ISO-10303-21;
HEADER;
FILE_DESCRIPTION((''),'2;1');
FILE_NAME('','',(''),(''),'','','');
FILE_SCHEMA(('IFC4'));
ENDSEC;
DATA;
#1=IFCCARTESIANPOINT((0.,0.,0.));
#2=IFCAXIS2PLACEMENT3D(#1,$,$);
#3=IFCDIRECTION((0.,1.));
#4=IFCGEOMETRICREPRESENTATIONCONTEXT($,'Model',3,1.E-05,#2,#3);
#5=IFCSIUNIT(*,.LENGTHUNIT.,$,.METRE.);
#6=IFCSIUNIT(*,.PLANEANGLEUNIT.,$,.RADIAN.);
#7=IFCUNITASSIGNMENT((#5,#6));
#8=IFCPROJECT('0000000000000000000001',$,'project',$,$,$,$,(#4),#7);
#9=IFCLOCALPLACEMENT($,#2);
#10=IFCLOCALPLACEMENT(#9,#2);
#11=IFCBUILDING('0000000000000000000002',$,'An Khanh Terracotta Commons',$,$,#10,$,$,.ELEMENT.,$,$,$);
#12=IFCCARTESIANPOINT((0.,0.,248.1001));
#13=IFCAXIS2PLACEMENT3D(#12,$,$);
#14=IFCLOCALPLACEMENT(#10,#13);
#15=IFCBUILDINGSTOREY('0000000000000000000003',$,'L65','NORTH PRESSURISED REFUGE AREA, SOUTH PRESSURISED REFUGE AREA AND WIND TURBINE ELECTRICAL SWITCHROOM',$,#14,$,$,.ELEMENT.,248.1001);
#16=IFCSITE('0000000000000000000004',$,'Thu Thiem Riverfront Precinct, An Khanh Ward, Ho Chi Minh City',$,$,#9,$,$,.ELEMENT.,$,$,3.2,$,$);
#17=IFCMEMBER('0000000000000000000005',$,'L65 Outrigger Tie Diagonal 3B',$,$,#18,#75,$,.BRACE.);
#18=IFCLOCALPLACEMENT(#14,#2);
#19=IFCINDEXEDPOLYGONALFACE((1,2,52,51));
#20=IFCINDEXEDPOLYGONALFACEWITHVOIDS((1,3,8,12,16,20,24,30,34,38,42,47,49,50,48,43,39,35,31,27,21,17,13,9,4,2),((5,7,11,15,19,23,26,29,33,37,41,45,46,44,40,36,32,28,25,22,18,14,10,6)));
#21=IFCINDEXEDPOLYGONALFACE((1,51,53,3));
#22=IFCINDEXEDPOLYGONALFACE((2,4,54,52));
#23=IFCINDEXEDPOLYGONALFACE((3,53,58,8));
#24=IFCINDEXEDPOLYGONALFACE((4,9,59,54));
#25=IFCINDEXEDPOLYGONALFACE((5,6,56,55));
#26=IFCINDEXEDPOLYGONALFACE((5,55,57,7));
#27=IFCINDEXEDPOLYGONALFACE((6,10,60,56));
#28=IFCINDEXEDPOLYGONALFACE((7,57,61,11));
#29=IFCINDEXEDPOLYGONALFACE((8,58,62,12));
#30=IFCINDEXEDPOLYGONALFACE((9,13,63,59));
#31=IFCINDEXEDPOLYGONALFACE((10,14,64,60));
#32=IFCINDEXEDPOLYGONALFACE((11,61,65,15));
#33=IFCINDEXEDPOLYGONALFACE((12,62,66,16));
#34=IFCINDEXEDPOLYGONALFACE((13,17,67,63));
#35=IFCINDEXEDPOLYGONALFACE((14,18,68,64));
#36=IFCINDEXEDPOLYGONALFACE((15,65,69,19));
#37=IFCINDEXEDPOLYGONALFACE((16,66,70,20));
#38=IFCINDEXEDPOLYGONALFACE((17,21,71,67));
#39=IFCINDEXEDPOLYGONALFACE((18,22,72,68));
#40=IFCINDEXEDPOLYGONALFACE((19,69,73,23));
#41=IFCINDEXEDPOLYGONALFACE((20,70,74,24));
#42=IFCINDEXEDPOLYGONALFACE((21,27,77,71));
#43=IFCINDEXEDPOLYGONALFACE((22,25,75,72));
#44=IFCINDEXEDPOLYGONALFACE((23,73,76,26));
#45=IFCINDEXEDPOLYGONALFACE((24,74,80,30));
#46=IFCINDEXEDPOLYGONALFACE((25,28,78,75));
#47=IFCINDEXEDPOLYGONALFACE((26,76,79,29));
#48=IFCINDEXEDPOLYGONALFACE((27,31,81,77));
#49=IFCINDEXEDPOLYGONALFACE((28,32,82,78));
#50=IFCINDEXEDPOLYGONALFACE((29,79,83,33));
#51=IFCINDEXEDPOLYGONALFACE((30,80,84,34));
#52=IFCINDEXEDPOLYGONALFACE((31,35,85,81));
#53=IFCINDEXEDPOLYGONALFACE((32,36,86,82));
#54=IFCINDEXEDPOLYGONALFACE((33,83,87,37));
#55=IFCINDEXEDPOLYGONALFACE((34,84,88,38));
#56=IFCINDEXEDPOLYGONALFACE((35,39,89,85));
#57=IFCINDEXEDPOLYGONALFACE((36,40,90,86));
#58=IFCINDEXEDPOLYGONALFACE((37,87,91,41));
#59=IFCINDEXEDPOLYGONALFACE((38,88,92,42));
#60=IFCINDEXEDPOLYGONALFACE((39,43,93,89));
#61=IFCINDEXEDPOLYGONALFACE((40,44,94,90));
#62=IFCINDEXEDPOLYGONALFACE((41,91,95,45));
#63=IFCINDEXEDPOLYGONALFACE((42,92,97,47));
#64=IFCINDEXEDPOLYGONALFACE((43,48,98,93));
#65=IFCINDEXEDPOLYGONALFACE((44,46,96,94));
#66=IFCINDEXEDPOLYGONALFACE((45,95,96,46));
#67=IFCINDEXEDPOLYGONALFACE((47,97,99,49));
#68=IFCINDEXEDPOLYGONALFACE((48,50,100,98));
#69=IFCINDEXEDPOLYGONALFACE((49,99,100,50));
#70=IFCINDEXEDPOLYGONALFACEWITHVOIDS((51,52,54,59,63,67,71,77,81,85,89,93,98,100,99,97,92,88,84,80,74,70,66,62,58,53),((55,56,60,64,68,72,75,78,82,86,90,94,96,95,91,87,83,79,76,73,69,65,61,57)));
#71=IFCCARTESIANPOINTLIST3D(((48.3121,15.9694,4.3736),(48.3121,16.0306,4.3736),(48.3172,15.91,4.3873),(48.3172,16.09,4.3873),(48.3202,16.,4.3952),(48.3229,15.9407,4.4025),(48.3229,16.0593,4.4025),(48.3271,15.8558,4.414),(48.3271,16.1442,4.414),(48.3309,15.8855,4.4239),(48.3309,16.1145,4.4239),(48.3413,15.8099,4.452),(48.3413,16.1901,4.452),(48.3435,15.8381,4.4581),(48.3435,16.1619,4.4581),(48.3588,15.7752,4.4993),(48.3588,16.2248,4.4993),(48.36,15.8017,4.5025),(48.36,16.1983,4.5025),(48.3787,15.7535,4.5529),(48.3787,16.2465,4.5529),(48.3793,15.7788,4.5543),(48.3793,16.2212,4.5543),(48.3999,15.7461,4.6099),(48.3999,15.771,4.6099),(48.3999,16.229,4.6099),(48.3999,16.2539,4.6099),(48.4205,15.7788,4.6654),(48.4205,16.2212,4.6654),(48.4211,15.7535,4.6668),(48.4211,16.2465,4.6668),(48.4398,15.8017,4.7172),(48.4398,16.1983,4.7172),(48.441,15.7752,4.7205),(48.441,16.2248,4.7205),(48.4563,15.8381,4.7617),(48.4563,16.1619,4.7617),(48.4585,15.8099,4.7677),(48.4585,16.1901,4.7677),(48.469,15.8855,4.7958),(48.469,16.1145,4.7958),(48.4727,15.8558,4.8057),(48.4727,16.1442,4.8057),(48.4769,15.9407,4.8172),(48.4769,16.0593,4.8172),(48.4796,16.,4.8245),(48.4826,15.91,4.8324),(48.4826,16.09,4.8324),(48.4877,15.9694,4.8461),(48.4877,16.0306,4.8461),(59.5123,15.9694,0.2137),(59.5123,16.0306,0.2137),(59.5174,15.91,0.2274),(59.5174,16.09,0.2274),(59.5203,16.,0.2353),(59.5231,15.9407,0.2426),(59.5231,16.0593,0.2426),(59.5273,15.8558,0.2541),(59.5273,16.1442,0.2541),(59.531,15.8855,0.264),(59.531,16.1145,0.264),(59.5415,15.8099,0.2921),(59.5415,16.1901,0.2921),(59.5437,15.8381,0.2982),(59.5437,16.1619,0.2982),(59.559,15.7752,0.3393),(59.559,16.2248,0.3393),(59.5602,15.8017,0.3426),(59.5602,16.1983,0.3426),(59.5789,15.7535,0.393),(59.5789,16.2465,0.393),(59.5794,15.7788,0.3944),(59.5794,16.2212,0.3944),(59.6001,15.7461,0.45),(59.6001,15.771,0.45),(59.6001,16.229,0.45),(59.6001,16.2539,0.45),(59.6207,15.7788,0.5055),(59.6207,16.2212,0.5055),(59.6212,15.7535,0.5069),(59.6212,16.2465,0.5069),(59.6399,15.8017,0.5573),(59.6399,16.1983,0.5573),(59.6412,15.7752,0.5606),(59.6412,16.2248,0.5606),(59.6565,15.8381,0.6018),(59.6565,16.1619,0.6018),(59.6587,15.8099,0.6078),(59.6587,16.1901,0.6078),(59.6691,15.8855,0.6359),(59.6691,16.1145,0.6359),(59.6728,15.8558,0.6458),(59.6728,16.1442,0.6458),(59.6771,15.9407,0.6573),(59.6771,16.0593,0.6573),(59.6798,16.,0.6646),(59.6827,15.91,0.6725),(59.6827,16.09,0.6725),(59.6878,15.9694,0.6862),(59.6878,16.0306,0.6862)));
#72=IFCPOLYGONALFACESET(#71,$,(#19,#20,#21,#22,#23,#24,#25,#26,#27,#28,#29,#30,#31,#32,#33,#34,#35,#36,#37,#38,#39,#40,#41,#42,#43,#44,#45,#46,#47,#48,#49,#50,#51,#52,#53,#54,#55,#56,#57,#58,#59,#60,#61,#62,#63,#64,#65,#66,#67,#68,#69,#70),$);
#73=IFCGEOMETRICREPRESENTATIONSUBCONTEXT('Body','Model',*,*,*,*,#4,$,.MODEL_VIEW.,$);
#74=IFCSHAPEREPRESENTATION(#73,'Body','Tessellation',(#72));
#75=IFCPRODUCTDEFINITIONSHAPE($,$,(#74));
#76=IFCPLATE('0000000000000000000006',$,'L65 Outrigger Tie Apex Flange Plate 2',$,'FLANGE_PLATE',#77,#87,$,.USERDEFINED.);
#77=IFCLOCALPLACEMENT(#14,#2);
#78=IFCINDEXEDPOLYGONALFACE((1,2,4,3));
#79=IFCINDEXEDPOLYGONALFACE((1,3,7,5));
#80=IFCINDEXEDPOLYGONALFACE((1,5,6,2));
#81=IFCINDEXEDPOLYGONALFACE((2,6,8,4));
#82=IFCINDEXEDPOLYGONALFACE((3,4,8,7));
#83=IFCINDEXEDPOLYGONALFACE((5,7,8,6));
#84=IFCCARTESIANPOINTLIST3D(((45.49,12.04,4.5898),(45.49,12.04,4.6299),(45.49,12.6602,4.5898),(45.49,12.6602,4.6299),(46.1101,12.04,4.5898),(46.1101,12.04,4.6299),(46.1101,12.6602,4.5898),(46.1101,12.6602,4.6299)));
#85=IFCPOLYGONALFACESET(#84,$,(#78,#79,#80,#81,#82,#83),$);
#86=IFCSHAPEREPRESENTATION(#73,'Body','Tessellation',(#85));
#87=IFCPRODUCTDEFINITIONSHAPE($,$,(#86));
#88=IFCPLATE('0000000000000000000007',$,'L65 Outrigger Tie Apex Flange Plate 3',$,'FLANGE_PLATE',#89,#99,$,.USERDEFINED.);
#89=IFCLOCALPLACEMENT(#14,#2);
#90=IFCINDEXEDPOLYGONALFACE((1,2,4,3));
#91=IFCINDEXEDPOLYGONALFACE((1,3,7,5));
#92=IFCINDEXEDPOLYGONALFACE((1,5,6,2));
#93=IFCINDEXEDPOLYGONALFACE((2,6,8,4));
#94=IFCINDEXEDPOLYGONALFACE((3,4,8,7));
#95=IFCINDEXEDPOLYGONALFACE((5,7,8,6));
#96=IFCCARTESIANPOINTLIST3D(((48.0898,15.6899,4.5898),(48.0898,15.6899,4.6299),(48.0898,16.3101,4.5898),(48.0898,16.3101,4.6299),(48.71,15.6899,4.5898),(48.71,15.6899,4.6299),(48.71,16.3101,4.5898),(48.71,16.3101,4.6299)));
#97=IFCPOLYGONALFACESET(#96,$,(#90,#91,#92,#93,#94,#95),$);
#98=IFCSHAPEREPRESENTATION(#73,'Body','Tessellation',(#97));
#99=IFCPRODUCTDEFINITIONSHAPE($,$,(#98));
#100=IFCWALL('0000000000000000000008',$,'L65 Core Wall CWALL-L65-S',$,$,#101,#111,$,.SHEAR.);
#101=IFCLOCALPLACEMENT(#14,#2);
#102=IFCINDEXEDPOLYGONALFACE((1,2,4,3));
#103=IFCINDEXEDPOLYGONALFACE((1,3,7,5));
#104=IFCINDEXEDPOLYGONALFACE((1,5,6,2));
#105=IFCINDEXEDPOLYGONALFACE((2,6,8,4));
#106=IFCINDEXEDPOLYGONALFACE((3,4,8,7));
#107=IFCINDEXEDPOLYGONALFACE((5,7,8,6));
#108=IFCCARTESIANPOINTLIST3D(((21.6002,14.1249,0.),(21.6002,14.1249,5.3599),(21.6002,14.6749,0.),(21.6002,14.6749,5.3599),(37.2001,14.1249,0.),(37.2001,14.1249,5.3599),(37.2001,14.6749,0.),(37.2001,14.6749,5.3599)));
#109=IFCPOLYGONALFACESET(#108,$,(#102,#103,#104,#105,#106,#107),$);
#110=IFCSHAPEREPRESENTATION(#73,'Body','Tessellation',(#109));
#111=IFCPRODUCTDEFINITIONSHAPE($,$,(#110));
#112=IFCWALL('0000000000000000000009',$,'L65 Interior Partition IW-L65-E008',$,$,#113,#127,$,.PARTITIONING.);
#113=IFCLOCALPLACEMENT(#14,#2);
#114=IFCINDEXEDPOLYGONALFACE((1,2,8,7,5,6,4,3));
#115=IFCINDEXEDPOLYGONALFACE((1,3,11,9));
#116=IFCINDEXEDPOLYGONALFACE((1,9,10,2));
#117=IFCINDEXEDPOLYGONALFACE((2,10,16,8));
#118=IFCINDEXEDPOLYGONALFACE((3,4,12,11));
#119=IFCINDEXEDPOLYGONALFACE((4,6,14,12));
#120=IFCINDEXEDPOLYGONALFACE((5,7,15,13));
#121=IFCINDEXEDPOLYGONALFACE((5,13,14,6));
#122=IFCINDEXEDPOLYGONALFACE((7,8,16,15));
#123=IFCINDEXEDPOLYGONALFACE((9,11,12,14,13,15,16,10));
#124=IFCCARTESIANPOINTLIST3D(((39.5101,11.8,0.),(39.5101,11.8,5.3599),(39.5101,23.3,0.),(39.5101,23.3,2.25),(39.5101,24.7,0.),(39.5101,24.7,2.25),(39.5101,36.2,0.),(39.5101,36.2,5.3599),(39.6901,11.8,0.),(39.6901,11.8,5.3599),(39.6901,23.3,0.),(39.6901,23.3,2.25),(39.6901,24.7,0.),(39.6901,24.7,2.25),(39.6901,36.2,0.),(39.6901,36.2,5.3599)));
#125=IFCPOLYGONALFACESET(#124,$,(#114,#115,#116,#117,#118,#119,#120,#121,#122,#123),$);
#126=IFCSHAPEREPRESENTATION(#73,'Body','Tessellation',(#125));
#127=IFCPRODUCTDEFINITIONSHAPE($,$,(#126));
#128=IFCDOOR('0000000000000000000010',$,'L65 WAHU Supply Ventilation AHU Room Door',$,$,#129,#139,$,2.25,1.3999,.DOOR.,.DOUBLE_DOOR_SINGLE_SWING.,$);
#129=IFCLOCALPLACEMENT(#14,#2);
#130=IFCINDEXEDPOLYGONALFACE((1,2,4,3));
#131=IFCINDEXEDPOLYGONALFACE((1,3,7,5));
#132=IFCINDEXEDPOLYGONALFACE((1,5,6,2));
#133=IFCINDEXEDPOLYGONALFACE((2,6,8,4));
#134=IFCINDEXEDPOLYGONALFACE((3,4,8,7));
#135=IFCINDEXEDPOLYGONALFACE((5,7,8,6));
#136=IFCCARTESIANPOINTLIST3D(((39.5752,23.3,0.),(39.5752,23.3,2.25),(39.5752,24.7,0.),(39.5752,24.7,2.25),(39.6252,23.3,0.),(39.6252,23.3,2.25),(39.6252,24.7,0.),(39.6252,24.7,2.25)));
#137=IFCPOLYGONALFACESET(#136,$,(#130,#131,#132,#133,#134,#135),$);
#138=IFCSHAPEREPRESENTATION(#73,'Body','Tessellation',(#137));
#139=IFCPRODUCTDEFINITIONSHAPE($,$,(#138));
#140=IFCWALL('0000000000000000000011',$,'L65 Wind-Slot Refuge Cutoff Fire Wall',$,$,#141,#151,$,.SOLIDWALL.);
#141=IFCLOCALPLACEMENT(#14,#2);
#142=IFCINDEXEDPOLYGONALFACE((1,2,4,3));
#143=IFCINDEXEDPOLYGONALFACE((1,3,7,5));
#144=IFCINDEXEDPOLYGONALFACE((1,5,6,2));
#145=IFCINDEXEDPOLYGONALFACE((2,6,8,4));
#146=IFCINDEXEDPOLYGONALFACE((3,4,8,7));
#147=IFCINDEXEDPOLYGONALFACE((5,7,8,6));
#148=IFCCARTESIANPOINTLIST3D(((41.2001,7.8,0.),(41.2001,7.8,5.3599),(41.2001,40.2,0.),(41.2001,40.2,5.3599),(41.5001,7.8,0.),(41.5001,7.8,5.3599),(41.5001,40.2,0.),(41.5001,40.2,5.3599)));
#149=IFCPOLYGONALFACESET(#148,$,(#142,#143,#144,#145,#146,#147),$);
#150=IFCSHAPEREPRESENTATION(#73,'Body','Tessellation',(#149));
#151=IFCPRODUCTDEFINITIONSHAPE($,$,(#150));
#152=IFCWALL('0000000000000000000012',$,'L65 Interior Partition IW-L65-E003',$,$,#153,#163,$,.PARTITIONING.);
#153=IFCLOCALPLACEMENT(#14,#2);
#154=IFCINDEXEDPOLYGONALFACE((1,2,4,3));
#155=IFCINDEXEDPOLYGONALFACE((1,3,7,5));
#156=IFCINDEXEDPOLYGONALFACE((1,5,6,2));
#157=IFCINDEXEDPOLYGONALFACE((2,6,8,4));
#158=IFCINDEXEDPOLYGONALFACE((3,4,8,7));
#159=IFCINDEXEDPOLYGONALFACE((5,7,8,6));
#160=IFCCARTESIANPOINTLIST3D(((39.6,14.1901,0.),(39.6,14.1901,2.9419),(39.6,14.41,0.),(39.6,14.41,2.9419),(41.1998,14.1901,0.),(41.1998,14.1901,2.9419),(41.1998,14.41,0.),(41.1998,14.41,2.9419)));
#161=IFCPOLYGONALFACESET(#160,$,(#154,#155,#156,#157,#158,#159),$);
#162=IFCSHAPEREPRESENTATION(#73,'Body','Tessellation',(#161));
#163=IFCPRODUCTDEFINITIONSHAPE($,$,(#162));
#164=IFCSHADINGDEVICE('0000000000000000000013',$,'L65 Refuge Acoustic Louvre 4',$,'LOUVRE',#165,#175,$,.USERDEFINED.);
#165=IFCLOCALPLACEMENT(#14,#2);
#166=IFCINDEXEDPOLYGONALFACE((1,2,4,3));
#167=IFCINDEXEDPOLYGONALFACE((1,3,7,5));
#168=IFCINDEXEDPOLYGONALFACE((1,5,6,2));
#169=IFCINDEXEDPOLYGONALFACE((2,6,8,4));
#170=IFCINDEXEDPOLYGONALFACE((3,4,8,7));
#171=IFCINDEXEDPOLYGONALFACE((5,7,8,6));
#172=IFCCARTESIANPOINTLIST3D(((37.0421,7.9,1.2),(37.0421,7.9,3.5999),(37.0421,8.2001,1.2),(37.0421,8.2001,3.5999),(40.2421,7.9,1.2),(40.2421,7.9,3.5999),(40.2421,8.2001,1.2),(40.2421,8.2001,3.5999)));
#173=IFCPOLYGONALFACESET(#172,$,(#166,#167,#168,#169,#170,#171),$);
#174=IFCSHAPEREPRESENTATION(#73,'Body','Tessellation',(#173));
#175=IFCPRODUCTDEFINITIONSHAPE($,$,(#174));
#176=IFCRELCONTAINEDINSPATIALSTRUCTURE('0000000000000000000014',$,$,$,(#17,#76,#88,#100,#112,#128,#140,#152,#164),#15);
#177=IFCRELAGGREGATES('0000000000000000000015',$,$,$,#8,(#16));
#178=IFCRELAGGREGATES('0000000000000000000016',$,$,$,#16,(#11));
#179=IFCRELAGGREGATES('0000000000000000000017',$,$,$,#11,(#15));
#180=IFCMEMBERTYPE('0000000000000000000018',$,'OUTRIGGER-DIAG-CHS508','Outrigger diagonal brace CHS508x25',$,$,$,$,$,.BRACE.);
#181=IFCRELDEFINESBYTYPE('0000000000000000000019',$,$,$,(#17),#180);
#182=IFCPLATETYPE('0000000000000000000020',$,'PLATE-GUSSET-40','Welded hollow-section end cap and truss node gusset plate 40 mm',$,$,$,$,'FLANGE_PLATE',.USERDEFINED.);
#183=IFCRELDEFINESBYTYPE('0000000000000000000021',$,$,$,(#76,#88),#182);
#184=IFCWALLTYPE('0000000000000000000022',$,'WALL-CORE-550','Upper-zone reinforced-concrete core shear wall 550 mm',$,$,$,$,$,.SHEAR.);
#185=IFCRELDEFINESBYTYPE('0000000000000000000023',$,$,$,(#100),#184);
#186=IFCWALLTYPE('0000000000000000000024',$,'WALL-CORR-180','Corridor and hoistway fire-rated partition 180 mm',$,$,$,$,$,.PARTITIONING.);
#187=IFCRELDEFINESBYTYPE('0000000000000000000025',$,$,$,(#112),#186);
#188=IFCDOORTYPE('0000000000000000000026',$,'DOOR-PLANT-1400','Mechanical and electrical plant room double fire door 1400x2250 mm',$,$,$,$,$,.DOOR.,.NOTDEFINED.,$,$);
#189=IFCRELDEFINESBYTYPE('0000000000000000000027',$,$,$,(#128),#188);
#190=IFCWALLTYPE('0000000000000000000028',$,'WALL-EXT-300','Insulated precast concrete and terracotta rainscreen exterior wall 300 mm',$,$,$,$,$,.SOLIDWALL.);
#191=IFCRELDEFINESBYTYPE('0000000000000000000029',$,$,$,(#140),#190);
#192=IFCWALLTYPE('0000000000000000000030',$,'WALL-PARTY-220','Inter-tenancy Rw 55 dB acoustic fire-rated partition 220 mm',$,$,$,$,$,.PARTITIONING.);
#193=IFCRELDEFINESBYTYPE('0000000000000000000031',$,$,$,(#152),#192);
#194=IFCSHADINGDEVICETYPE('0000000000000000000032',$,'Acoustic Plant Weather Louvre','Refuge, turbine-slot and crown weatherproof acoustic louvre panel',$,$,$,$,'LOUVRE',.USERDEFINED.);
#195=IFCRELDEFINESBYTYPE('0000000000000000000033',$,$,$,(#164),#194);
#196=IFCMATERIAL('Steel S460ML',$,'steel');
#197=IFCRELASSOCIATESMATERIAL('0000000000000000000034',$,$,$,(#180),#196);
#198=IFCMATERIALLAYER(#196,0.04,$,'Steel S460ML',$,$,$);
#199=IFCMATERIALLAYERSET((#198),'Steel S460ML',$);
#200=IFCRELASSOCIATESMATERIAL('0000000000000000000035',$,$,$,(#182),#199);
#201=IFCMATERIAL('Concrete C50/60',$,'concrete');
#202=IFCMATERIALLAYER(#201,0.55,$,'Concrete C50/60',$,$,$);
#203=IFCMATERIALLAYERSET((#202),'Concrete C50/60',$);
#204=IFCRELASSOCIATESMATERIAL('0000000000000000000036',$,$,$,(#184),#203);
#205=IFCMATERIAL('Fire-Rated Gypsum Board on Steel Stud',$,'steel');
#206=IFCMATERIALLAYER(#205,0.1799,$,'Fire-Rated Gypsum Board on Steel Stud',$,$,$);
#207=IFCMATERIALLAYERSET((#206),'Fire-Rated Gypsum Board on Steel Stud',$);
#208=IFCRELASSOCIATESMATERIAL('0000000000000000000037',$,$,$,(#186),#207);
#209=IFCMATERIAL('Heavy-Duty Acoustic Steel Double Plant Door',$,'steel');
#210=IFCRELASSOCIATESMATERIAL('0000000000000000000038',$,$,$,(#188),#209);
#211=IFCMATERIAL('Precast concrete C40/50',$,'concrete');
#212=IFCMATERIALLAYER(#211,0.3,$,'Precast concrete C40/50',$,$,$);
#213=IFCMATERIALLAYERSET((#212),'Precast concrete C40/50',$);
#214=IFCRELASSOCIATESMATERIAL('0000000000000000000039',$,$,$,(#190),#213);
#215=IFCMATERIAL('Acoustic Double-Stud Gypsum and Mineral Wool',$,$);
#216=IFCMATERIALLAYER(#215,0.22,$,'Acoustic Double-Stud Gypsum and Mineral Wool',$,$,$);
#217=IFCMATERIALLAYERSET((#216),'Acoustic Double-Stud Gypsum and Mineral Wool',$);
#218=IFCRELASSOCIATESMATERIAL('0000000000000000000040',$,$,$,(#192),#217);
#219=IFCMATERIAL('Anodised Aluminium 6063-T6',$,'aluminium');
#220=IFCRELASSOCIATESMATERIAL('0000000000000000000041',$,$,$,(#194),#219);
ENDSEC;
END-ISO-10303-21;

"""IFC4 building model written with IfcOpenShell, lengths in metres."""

from ifc_helpers import new_model, si_unit, direction, frame, frame_2d, origin, origin_2d, place, context, subcontext, project, spatial, rectangle, hollow_circle, extrude, material, layer, layer_set, material_profile, profile_set, type_object, element, fill, save


model = new_model("IFC4")

# Units and contexts
model_context = context("Model", 3, precision=1e-05, world=origin(), true_north=direction((0.0, 1.0)))
body_context = subcontext(model_context, "Body", "Model", "MODEL_VIEW")
ifc_project = project(units=[si_unit("LENGTHUNIT", "METRE"), si_unit("PLANEANGLEUNIT", "RADIAN")], contexts=[model_context])

# Site, building, storey
site_placement = place(None, origin())
site = spatial("IfcSite", under=ifc_project, at=site_placement, Name="Thu Thiem Riverfront Precinct, An Khanh Ward, Ho Chi Minh City", CompositionType="ELEMENT", RefElevation=3.2)
building_placement = place(site_placement, origin())
building = spatial("IfcBuilding", under=site, at=building_placement, Name="An Khanh Terracotta Commons", CompositionType="ELEMENT")
storey_placement = place(building_placement, frame((0.0, 0.0, 248.1001)))
storey = spatial("IfcBuildingStorey", under=building, at=storey_placement, Name="L65", Description="NORTH PRESSURISED REFUGE AREA, SOUTH PRESSURISED REFUGE AREA AND WIND TURBINE ELECTRICAL SWITCHROOM", CompositionType="ELEMENT", Elevation=248.1001)

# Shared definitions
ifc_material_1 = material(Name="Steel S460ML", Category="steel")

# Member
ifc_material_profile_1 = material_profile(ifc_material_1, hollow_circle(Radius=0.2539, WallThickness=0.0249, at=origin_2d()), Name="CHS508x25")
ifc_profile_set_1 = profile_set([ifc_material_profile_1], Name="Steel S460ML")
member_type_1 = type_object("IfcMemberType", Name="OUTRIGGER-DIAG-CHS508", Description="Outrigger diagonal brace CHS508x25", PredefinedType="BRACE", material=ifc_profile_set_1)
member_1_placement = place(storey_placement, frame((48.3999, 16.0, 4.6099), z_axis=(0.93743, 0.0, -0.348175), x_axis=(0.0, 1.0, 0.0)))
element("IfcMember", 1, at=member_1_placement, inside=storey, type_object=member_type_1, Name="L65 Outrigger Tie Diagonal 3B", PredefinedType="BRACE", context=body_context, shape_type="SweptSolid", body=[
    extrude(hollow_circle(Radius=0.2539, WallThickness=0.0249, at=origin_2d()), origin(), (0.0, 0.0, 1.0), 11.9478),
])

# Plates
ifc_layer_1 = layer(ifc_material_1, 0.04, Name="Steel S460ML")
ifc_layer_set_1 = layer_set([ifc_layer_1], Name="Steel S460ML")
plate_type = type_object("IfcPlateType", Name="PLATE-GUSSET-40", Description="Welded hollow-section end cap and truss node gusset plate 40 mm", ElementType="FLANGE_PLATE", PredefinedType="USERDEFINED", material=ifc_layer_set_1)
for number, where, z_axis, x_axis, name in (
    (2, (45.8, 12.3501, 4.5898), (0.0, 0.0, 1.0), (1.0, 0.0, 0.0), "L65 Outrigger Tie Apex Flange Plate 2"),
    (3, (48.3999, 16.0, 4.5898), (0.0, 0.0, 1.0), (1.0, 0.0, 0.0), "L65 Outrigger Tie Apex Flange Plate 3"),
):
    element("IfcPlate", number, at=place(storey_placement, frame(where, z_axis=z_axis, x_axis=x_axis)), inside=storey, type_object=plate_type, Name=name, ObjectType="FLANGE_PLATE", PredefinedType="USERDEFINED", context=body_context, shape_type="SweptSolid", body=[
        extrude(rectangle(XDim=0.6201, YDim=0.6201, at=origin_2d()), origin(), (0.0, 0.0, 1.0), 0.04),
    ])

# Wall
ifc_material_2 = material(Name="Concrete C50/60", Category="concrete")
ifc_layer_2 = layer(ifc_material_2, 0.55, Name="Concrete C50/60")
ifc_layer_set_2 = layer_set([ifc_layer_2], Name="Concrete C50/60")
wall_type_1 = type_object("IfcWallType", Name="WALL-CORE-550", Description="Upper-zone reinforced-concrete core shear wall 550 mm", PredefinedType="SHEAR", material=ifc_layer_set_2)
wall_1_placement = place(storey_placement, frame((37.2, 14.3999, 0.0), z_axis=(0.0, 0.0, 1.0), x_axis=(-1.0, 0.0, 0.0)))
element("IfcWall", 4, at=wall_1_placement, inside=storey, type_object=wall_type_1, Name="L65 Core Wall CWALL-L65-S", PredefinedType="SHEAR", context=body_context, shape_type="SweptSolid", body=[
    extrude(rectangle(XDim=15.5999, YDim=0.55, at=frame_2d((7.7998, 0.0))), origin(), (0.0, 0.0, 1.0), 5.3599),
])

# Wall, opening, door
ifc_material_3 = material(Name="Fire-Rated Gypsum Board on Steel Stud", Category="steel")
ifc_layer_3 = layer(ifc_material_3, 0.1799, Name="Fire-Rated Gypsum Board on Steel Stud")
ifc_layer_set_3 = layer_set([ifc_layer_3], Name="Fire-Rated Gypsum Board on Steel Stud")
wall_type_2 = type_object("IfcWallType", Name="WALL-CORR-180", Description="Corridor and hoistway fire-rated partition 180 mm", PredefinedType="PARTITIONING", material=ifc_layer_set_3)
wall_2_placement = place(storey_placement, frame((39.6001, 11.8, 0.0), z_axis=(0.0, 0.0, 1.0), x_axis=(0.0, 1.0, 0.0)))
wall_2 = element("IfcWall", 5, at=wall_2_placement, inside=storey, type_object=wall_type_2, Name="L65 Interior Partition IW-L65-E008", PredefinedType="PARTITIONING", context=body_context, shape_type="SweptSolid", body=[
    extrude(rectangle(XDim=24.3999, YDim=0.1799, at=frame_2d((12.2, 0.0))), origin(), (0.0, 0.0, 1.0), 5.3599),
])
opening_1_placement = place(wall_2_placement, frame((11.5, 0.0, 0.0)))
opening_1 = element("IfcOpeningElement", 6, at=opening_1_placement, cuts=wall_2, PredefinedType="OPENING", context=body_context, shape_type="SweptSolid", body=[
    extrude(rectangle(XDim=1.3999, YDim=2.25, at=frame_2d((0.7, 1.125))), frame((0.0, 0.0999, 0.0), z_axis=(0.0, -1.0, 0.0), x_axis=(1.0, 0.0, 0.0)), (0.0, 0.0, 1.0), 0.2),
])
ifc_material_4 = material(Name="Heavy-Duty Acoustic Steel Double Plant Door", Category="steel")
door_type_1 = type_object("IfcDoorType", Name="DOOR-PLANT-1400", Description="Mechanical and electrical plant room double fire door 1400x2250 mm", OperationType="NOTDEFINED", PredefinedType="DOOR", material=ifc_material_4)
door_1_placement = place(opening_1_placement, origin())
door_1 = element("IfcDoor", 7, at=door_1_placement, inside=storey, type_object=door_type_1, Name="L65 WAHU Supply Ventilation AHU Room Door", OperationType="DOUBLE_DOOR_SINGLE_SWING", OverallHeight=2.25, OverallWidth=1.3999, PredefinedType="DOOR", context=body_context, shape_type="SweptSolid", body=[
    extrude(rectangle(XDim=1.3999, YDim=2.25, at=frame_2d((0.7, 1.125))), frame((0.0, 0.0249, 0.0), z_axis=(0.0, -1.0, 0.0), x_axis=(1.0, 0.0, 0.0)), (0.0, 0.0, 1.0), 0.05),
])
fill(opening_1, door_1)

# Walls
ifc_material_5 = material(Name="Precast concrete C40/50", Category="concrete")
ifc_layer_4 = layer(ifc_material_5, 0.3, Name="Precast concrete C40/50")
ifc_layer_set_4 = layer_set([ifc_layer_4], Name="Precast concrete C40/50")
wall_type_3 = type_object("IfcWallType", Name="WALL-EXT-300", Description="Insulated precast concrete and terracotta rainscreen exterior wall 300 mm", PredefinedType="SOLIDWALL", material=ifc_layer_set_4)
wall_3_placement = place(storey_placement, frame((41.3501, 7.8, 0.0), z_axis=(0.0, 0.0, 1.0), x_axis=(0.0, 1.0, 0.0)))
element("IfcWall", 8, at=wall_3_placement, inside=storey, type_object=wall_type_3, Name="L65 Wind-Slot Refuge Cutoff Fire Wall", PredefinedType="SOLIDWALL", context=body_context, shape_type="SweptSolid", body=[
    extrude(rectangle(XDim=32.3999, YDim=0.3, at=frame_2d((16.2, 0.0))), origin(), (0.0, 0.0, 1.0), 5.3599),
])
ifc_material_6 = material(Name="Acoustic Double-Stud Gypsum and Mineral Wool")
ifc_layer_5 = layer(ifc_material_6, 0.22, Name="Acoustic Double-Stud Gypsum and Mineral Wool")
ifc_layer_set_5 = layer_set([ifc_layer_5], Name="Acoustic Double-Stud Gypsum and Mineral Wool")
wall_type_4 = type_object("IfcWallType", Name="WALL-PARTY-220", Description="Inter-tenancy Rw 55 dB acoustic fire-rated partition 220 mm", PredefinedType="PARTITIONING", material=ifc_layer_set_5)
wall_4_placement = place(storey_placement, frame((39.6001, 14.3, 0.0), z_axis=(0.0, 0.0, 1.0), x_axis=(1.0, 0.0, 0.0)))
element("IfcWall", 9, at=wall_4_placement, inside=storey, type_object=wall_type_4, Name="L65 Interior Partition IW-L65-E003", PredefinedType="PARTITIONING", context=body_context, shape_type="SweptSolid", body=[
    extrude(rectangle(XDim=1.5999, YDim=0.22, at=frame_2d((0.7998, 0.0))), origin(), (0.0, 0.0, 1.0), 2.9419),
])

# Shading device
ifc_material_7 = material(Name="Anodised Aluminium 6063-T6", Category="aluminium")
shading_device_type = type_object("IfcShadingDeviceType", Name="Acoustic Plant Weather Louvre", Description="Refuge, turbine-slot and crown weatherproof acoustic louvre panel", ElementType="LOUVRE", PredefinedType="USERDEFINED", material=ifc_material_7)
shading_device_placement = place(storey_placement, frame((38.6421, 8.05, 1.2), z_axis=(0.0, 0.0, 1.0), x_axis=(1.0, 0.0, 0.0)))
element("IfcShadingDevice", 10, at=shading_device_placement, inside=storey, type_object=shading_device_type, Name="L65 Refuge Acoustic Louvre 4", ObjectType="LOUVRE", PredefinedType="USERDEFINED", context=body_context, shape_type="SweptSolid", body=[
    extrude(rectangle(XDim=3.2, YDim=0.3, at=origin_2d()), origin(), (0.0, 0.0, 1.0), 2.3999),
])

save(model, "model.ifc")
